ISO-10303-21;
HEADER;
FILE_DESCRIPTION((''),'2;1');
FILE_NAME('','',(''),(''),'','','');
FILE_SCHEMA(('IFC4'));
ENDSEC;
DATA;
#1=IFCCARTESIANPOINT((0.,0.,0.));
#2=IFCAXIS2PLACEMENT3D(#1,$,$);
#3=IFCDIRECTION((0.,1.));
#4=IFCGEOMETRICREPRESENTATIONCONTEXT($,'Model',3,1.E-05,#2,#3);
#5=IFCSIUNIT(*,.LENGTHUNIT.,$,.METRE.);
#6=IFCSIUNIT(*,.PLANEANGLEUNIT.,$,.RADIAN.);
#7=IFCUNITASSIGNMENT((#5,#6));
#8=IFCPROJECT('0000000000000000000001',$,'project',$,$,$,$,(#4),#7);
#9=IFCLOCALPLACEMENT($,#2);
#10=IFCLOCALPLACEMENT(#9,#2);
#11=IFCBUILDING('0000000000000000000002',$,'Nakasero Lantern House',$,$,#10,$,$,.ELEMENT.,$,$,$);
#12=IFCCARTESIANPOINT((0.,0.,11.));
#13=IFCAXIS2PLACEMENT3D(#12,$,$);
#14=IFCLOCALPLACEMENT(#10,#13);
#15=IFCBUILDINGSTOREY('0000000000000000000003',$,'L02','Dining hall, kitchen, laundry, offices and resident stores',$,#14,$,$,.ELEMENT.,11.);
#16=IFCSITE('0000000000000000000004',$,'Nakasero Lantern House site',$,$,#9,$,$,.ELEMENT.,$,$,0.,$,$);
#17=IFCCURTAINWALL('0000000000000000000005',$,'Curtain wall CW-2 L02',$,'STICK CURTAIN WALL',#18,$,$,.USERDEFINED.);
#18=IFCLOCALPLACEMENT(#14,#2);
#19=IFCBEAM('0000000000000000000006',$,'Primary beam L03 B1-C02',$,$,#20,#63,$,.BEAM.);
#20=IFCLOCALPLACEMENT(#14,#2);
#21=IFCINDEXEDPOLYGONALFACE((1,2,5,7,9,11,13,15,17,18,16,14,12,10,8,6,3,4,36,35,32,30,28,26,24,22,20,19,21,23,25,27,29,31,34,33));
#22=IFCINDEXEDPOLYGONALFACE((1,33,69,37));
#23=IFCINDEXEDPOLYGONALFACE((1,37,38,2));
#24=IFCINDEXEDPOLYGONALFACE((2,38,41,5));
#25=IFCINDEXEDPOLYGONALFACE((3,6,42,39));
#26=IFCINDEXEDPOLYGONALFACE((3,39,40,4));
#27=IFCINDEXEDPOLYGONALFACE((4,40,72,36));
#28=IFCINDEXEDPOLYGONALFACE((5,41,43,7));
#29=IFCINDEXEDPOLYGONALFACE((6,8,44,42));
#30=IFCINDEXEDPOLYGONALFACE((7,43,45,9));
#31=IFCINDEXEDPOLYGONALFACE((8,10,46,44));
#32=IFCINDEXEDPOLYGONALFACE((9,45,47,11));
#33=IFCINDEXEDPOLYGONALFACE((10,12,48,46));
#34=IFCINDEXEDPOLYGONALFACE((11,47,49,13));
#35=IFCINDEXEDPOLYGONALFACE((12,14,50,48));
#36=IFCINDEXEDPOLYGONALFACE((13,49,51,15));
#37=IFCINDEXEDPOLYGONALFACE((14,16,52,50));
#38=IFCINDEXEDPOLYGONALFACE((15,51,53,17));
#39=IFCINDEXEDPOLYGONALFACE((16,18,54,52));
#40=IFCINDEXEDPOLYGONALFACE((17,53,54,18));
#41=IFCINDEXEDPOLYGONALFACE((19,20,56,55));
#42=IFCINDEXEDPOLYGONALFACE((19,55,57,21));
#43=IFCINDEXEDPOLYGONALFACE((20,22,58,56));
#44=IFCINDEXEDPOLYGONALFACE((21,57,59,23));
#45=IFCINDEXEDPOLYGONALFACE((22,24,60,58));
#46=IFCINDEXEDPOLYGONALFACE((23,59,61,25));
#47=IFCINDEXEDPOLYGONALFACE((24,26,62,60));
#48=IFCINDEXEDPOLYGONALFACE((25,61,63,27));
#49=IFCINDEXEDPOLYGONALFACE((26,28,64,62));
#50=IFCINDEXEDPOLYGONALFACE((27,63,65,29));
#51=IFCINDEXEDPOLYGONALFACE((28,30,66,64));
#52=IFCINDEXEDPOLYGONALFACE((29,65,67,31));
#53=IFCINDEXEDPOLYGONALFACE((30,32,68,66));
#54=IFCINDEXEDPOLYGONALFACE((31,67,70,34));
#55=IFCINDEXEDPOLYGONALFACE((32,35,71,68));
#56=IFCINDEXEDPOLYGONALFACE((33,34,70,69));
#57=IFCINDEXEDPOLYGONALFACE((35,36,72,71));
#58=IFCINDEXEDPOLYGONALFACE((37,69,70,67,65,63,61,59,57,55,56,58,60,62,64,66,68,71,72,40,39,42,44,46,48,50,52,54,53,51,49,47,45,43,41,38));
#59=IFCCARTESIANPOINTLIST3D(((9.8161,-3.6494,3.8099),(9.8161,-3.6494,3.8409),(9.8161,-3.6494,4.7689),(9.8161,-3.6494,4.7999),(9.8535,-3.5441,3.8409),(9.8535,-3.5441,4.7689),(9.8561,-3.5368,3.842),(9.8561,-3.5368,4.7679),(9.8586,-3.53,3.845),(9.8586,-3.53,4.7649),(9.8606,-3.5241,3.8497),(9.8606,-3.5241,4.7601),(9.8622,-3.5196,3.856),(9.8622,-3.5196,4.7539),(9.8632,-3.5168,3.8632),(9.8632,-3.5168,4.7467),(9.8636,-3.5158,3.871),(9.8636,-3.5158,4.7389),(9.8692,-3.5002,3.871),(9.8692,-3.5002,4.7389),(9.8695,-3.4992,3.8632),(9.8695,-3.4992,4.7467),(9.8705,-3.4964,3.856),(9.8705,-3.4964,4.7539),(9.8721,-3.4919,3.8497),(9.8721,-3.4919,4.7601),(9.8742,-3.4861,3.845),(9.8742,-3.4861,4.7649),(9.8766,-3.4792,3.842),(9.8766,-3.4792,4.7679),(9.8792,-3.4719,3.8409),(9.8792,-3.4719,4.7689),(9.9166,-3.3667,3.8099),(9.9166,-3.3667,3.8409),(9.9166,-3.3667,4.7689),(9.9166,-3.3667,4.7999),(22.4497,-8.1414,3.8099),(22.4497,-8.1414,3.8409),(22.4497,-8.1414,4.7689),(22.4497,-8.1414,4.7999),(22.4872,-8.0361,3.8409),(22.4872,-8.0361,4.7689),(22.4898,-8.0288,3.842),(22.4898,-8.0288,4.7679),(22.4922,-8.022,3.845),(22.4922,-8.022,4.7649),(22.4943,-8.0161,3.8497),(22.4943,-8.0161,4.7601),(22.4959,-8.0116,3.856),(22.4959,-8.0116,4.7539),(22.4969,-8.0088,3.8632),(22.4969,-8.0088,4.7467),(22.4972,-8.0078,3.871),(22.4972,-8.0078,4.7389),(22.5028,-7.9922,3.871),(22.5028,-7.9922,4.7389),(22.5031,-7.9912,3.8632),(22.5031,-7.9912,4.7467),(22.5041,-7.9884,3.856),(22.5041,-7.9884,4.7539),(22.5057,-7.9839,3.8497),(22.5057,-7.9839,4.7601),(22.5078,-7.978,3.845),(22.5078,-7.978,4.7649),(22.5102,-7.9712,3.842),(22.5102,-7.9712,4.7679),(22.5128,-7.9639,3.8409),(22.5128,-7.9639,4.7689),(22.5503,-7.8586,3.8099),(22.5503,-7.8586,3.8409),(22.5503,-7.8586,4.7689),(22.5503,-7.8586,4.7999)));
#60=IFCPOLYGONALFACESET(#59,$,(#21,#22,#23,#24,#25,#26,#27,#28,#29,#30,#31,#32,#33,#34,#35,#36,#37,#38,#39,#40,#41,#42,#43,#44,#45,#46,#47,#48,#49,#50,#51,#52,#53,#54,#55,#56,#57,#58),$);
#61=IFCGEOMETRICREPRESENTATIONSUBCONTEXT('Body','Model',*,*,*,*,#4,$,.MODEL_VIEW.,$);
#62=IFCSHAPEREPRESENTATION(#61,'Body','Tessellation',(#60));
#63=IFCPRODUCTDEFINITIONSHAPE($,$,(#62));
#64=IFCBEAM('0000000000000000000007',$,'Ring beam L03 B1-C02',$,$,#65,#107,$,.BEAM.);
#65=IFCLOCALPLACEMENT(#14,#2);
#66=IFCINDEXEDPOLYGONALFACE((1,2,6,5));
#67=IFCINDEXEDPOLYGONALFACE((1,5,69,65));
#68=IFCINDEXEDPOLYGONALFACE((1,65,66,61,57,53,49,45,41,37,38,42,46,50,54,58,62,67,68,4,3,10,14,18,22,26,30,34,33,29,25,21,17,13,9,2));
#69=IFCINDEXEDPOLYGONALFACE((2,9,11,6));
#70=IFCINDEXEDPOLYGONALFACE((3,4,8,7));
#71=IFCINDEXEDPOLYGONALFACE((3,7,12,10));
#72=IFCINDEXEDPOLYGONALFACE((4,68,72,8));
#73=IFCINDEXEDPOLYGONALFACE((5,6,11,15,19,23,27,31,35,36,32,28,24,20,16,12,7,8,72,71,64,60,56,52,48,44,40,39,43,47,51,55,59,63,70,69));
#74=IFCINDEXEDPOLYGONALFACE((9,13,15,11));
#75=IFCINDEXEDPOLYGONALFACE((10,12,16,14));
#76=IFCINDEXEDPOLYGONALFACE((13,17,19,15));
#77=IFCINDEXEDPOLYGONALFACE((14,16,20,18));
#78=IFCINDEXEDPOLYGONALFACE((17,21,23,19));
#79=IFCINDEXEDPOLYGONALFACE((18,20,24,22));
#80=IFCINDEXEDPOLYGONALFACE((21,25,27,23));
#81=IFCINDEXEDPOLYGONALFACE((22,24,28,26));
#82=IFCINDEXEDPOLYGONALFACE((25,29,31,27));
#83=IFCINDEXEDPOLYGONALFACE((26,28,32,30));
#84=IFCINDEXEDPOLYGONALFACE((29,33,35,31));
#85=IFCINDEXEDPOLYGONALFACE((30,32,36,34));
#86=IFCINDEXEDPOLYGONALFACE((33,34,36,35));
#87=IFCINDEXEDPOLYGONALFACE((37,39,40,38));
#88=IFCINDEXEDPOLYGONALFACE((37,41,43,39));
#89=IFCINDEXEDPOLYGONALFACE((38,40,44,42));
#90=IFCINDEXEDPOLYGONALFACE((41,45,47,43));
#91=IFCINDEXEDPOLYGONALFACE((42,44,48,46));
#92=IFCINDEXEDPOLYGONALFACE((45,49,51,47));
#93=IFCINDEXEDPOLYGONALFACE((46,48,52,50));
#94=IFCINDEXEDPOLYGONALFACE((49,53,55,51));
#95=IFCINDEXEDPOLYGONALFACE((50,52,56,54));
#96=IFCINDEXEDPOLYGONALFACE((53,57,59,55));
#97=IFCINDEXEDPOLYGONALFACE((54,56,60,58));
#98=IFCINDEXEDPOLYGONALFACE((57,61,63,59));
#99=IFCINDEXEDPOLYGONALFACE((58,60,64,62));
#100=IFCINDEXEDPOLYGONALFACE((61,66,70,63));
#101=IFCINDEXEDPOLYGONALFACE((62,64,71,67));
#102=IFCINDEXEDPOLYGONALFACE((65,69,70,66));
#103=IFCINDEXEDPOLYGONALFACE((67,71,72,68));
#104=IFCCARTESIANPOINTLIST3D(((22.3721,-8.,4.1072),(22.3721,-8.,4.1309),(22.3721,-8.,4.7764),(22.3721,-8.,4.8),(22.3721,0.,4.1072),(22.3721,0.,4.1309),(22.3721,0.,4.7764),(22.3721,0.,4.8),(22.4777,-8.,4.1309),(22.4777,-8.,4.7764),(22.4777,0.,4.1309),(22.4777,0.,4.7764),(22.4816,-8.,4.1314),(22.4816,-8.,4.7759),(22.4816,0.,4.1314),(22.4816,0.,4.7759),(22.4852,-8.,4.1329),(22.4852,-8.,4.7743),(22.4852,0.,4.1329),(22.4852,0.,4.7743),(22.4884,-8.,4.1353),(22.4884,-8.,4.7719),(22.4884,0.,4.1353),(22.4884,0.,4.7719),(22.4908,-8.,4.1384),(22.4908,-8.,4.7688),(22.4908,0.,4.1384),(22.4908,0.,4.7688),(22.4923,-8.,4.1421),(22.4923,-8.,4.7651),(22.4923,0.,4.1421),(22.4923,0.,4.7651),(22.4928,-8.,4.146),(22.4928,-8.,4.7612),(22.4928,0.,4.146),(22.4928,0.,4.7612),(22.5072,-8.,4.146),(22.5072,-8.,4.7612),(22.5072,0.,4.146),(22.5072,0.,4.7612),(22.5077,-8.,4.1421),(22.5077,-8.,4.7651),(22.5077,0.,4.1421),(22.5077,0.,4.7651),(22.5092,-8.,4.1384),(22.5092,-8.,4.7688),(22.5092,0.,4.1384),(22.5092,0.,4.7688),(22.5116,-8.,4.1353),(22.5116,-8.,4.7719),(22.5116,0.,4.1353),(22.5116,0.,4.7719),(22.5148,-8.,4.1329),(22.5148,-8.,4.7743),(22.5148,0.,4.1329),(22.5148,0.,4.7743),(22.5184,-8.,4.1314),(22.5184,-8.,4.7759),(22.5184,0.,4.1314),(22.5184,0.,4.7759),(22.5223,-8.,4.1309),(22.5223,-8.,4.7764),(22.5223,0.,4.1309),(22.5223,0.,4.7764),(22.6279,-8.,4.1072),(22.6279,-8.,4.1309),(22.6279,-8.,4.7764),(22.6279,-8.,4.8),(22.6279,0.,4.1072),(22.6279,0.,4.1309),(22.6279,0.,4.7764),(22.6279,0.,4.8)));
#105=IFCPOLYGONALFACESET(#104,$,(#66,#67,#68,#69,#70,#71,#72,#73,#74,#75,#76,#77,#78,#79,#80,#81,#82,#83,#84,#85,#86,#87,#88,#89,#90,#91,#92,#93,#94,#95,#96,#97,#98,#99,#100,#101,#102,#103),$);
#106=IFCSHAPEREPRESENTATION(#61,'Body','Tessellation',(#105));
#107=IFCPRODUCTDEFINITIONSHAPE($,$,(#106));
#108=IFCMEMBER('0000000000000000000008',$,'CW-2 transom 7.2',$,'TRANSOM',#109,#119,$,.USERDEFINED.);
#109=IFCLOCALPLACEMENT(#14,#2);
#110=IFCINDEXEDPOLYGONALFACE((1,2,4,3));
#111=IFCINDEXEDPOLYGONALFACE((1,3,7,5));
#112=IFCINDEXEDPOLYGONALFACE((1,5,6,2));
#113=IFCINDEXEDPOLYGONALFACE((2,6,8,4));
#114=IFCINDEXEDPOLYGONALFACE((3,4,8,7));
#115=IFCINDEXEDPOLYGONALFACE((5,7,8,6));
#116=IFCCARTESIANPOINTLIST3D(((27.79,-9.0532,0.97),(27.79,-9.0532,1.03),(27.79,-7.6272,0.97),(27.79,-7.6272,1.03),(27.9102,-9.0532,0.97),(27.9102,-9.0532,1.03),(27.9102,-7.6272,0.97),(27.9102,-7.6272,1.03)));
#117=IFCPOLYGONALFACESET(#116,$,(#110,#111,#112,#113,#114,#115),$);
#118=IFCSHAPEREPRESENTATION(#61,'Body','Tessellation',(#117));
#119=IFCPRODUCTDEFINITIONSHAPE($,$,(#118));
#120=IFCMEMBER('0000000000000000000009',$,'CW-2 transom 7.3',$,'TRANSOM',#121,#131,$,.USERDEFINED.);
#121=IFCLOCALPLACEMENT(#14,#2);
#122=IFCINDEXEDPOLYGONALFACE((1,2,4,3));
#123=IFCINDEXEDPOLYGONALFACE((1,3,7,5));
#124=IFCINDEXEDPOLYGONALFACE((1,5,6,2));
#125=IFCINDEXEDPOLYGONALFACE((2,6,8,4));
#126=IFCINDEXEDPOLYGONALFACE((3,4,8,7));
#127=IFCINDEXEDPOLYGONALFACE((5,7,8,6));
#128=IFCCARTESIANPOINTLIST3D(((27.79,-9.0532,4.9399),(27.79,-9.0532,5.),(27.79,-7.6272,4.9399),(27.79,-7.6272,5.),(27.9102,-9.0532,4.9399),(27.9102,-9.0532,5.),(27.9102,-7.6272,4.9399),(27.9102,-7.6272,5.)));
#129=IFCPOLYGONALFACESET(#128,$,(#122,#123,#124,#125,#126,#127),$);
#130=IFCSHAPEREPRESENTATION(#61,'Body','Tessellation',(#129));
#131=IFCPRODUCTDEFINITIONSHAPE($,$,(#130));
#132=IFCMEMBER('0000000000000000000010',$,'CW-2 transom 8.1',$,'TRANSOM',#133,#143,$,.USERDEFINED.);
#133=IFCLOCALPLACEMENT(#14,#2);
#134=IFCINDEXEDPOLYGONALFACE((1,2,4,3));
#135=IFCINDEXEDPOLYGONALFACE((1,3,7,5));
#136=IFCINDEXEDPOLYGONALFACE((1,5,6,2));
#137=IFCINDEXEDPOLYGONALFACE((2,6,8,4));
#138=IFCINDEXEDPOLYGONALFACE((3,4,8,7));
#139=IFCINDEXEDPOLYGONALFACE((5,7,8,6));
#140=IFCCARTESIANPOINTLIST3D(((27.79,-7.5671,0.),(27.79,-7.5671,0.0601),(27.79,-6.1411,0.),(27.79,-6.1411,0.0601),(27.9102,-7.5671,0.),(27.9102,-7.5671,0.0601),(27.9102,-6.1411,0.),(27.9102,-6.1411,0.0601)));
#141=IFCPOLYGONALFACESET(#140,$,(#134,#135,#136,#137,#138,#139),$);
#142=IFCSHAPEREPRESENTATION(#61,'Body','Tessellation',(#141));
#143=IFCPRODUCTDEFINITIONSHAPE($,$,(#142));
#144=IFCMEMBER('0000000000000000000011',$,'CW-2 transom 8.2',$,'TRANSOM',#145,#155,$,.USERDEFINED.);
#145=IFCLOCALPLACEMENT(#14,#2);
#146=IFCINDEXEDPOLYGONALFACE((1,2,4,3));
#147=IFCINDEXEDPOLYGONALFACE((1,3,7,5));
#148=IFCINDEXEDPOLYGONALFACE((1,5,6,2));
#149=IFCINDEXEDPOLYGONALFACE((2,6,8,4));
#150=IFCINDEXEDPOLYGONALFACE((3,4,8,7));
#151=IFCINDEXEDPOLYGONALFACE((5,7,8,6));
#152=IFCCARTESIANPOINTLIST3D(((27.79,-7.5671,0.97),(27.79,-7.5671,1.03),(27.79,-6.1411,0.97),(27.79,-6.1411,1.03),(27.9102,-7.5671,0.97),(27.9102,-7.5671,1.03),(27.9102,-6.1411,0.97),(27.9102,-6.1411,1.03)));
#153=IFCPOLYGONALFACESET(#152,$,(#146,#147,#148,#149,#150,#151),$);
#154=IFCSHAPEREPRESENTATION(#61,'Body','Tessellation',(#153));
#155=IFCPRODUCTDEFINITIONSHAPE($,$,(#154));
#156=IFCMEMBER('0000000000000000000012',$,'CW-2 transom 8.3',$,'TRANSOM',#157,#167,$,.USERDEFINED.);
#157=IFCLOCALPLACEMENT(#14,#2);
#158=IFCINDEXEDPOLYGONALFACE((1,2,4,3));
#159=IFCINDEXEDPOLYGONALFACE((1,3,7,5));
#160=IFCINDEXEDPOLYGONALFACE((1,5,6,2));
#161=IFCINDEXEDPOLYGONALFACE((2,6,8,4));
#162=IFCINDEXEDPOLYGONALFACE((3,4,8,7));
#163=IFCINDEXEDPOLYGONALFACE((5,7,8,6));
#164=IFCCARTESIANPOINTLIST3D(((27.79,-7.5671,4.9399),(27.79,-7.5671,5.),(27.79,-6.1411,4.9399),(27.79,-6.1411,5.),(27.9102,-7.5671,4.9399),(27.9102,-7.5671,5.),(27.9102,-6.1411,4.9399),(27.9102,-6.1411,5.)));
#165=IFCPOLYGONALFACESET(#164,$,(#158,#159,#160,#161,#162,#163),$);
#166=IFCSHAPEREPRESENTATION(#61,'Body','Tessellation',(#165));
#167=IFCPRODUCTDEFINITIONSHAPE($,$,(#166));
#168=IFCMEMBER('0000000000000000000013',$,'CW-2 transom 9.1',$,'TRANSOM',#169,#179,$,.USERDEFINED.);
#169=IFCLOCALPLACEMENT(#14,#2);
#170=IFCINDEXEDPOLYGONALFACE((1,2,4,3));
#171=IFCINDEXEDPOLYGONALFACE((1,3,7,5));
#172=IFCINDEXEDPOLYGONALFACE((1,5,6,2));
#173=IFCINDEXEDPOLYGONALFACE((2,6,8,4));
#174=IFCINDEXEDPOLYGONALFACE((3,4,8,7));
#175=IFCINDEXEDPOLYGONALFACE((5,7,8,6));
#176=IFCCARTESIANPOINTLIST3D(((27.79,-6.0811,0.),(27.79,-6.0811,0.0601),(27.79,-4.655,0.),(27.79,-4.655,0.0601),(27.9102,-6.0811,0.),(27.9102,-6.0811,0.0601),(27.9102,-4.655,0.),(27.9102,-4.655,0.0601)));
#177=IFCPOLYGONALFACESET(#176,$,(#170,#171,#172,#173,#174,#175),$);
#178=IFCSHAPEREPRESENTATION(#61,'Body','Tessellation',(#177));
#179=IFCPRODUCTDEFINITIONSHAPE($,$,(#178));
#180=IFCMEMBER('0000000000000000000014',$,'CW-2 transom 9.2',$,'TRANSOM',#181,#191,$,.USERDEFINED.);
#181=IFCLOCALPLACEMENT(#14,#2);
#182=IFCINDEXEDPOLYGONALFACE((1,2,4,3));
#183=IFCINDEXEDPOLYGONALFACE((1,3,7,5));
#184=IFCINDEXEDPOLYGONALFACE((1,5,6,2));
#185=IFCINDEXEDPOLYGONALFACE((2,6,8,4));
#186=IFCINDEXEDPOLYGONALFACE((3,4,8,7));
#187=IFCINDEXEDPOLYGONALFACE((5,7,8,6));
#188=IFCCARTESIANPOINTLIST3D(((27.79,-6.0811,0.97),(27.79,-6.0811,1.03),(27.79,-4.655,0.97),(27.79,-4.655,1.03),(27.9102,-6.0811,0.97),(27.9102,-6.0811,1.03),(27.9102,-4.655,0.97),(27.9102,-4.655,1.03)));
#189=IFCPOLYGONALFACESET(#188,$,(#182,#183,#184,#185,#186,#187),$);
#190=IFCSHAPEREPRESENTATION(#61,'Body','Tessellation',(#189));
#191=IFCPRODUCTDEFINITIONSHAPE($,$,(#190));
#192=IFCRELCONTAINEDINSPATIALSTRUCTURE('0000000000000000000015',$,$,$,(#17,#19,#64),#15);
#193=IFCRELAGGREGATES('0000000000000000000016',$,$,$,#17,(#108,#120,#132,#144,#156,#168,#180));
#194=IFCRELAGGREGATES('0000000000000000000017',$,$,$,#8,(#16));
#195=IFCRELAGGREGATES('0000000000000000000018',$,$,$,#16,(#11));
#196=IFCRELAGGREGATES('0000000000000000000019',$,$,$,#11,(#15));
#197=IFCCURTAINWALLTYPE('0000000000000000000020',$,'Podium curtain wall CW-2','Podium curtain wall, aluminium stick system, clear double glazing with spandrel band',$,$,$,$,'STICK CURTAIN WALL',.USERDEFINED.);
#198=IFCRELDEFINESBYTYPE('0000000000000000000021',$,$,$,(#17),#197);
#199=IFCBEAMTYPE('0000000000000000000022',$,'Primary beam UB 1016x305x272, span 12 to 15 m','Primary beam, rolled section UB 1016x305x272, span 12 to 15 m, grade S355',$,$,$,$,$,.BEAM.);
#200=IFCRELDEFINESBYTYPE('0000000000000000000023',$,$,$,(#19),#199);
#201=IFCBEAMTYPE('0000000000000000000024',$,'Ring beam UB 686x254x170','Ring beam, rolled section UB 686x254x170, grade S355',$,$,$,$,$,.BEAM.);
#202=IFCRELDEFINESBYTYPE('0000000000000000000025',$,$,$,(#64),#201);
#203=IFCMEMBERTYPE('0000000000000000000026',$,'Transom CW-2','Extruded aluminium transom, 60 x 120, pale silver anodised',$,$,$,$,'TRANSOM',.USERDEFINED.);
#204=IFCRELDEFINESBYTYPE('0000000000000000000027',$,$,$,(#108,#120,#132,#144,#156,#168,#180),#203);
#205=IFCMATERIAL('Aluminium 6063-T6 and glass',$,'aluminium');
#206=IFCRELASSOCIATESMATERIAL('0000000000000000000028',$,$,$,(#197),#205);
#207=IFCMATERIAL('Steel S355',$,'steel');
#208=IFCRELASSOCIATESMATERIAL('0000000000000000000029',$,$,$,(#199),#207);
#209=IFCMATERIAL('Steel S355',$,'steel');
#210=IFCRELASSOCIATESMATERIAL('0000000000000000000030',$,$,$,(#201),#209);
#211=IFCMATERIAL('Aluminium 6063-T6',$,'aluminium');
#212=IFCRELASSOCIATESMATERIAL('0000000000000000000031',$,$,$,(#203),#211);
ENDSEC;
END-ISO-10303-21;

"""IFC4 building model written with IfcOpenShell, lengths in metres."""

from ifc_helpers import new_model, si_unit, direction, frame, origin, origin_2d, place, context, subcontext, project, spatial, rectangle, i_section, extrude, material, material_profile, profile_set, type_object, element, aggregate, save


model = new_model("IFC4")

# Units and contexts
model_context = context("Model", 3, precision=1e-05, world=origin(), true_north=direction((0.0, 1.0)))
body_context = subcontext(model_context, "Body", "Model", "MODEL_VIEW")
ifc_project = project(units=[si_unit("LENGTHUNIT", "METRE"), si_unit("PLANEANGLEUNIT", "RADIAN")], contexts=[model_context])

# Site, building, storey
site_placement = place(None, origin())
site = spatial("IfcSite", under=ifc_project, at=site_placement, Name="Nakasero Lantern House site", CompositionType="ELEMENT", RefElevation=0.0)
building_placement = place(site_placement, origin())
building = spatial("IfcBuilding", under=site, at=building_placement, Name="Nakasero Lantern House", CompositionType="ELEMENT")
storey_placement = place(building_placement, frame((0.0, 0.0, 11.0)))
storey = spatial("IfcBuildingStorey", under=building, at=storey_placement, Name="L02", Description="Dining hall, kitchen, laundry, offices and resident stores", CompositionType="ELEMENT", Elevation=11.0)

# Curtain wall
ifc_material_1 = material(Name="Aluminium 6063-T6 and glass", Category="aluminium")
curtain_wall_type = type_object("IfcCurtainWallType", Name="Podium curtain wall CW-2", Description="Podium curtain wall, aluminium stick system, clear double glazing with spandrel band", ElementType="STICK CURTAIN WALL", PredefinedType="USERDEFINED", material=ifc_material_1)
curtain_wall_placement = place(storey_placement, origin())
curtain_wall = element("IfcCurtainWall", 1, at=curtain_wall_placement, inside=storey, type_object=curtain_wall_type, Name="Curtain wall CW-2 L02", ObjectType="STICK CURTAIN WALL", PredefinedType="USERDEFINED")

# Beams
ifc_material_2 = material(Name="Steel S355", Category="steel")
ifc_material_profile_1 = material_profile(ifc_material_2, i_section(OverallWidth=0.3, OverallDepth=0.99, WebThickness=0.0166, FlangeThickness=0.031, FilletRadius=0.03, at=origin_2d()), Name="UB 1016x305x272")
ifc_profile_set_1 = profile_set([ifc_material_profile_1], Name="Steel S355")
beam_type_1 = type_object("IfcBeamType", Name="Primary beam UB 1016x305x272, span 12 to 15 m", Description="Primary beam, rolled section UB 1016x305x272, span 12 to 15 m, grade S355", PredefinedType="BEAM", material=ifc_profile_set_1)
beam_1_placement = place(storey_placement, frame((22.5, -8.0, 4.3049), z_axis=(-0.942214, 0.335011, 0.0), x_axis=(-0.335011, -0.942214, 0.0)))
element("IfcBeam", 2, at=beam_1_placement, inside=storey, type_object=beam_type_1, Name="Primary beam L03 B1-C02", PredefinedType="BEAM", context=body_context, shape_type="SweptSolid", body=[
    extrude(i_section(OverallWidth=0.3, OverallDepth=0.99, WebThickness=0.0166, FlangeThickness=0.031, FilletRadius=0.03, at=origin_2d()), origin(), (0.0, 0.0, 1.0), 13.4084),
])
ifc_material_3 = material(Name="Steel S355", Category="steel")
ifc_material_profile_2 = material_profile(ifc_material_3, i_section(OverallWidth=0.2559, OverallDepth=0.6929, WebThickness=0.0144, FlangeThickness=0.0237, FilletRadius=0.0151, at=origin_2d()), Name="UB 686x254x170")
ifc_profile_set_2 = profile_set([ifc_material_profile_2], Name="Steel S355")
beam_type_2 = type_object("IfcBeamType", Name="Ring beam UB 686x254x170", Description="Ring beam, rolled section UB 686x254x170, grade S355", PredefinedType="BEAM", material=ifc_profile_set_2)
beam_2_placement = place(storey_placement, frame((22.5, -8.0, 4.4536), z_axis=(0.0, 1.0, 0.0), x_axis=(-1.0, 0.0, 0.0)))
element("IfcBeam", 3, at=beam_2_placement, inside=storey, type_object=beam_type_2, Name="Ring beam L03 B1-C02", PredefinedType="BEAM", context=body_context, shape_type="SweptSolid", body=[
    extrude(i_section(OverallWidth=0.2559, OverallDepth=0.6929, WebThickness=0.0144, FlangeThickness=0.0237, FilletRadius=0.0151, at=origin_2d()), origin(), (0.0, 0.0, 1.0), 8.0),
])

# Members
ifc_material_4 = material(Name="Aluminium 6063-T6", Category="aluminium")
ifc_material_profile_3 = material_profile(ifc_material_4, rectangle(XDim=0.0601, YDim=0.1201, at=origin_2d()), Name="CW-2 transom 60x120")
ifc_profile_set_3 = profile_set([ifc_material_profile_3], Name="Aluminium 6063-T6")
member_type_1 = type_object("IfcMemberType", Name="Transom CW-2", Description="Extruded aluminium transom, 60 x 120, pale silver anodised", ElementType="TRANSOM", PredefinedType="USERDEFINED", material=ifc_profile_set_3)
member_1_placement = place(storey_placement, frame((27.8501, -9.0532, 1.0), z_axis=(0.0, 1.0, 0.0), x_axis=(0.0, 0.0, 1.0)))
member_1 = element("IfcMember", 4, at=member_1_placement, type_object=member_type_1, Name="CW-2 transom 7.2", ObjectType="TRANSOM", PredefinedType="USERDEFINED", context=body_context, shape_type="SweptSolid", body=[
    extrude(rectangle(XDim=0.0601, YDim=0.1201, at=origin_2d()), origin(), (0.0, 0.0, 1.0), 1.426),
])
member_2_placement = place(storey_placement, frame((27.8501, -9.0532, 4.97), z_axis=(0.0, 1.0, 0.0), x_axis=(0.0, 0.0, 1.0)))
member_2 = element("IfcMember", 5, at=member_2_placement, type_object=member_type_1, Name="CW-2 transom 7.3", ObjectType="TRANSOM", PredefinedType="USERDEFINED", context=body_context, shape_type="SweptSolid", body=[
    extrude(rectangle(XDim=0.0601, YDim=0.1201, at=origin_2d()), origin(), (0.0, 0.0, 1.0), 1.426),
])
member_3_placement = place(storey_placement, frame((27.8501, -7.5671, 0.03), z_axis=(0.0, 1.0, 0.0), x_axis=(0.0, 0.0, 1.0)))
member_3 = element("IfcMember", 6, at=member_3_placement, type_object=member_type_1, Name="CW-2 transom 8.1", ObjectType="TRANSOM", PredefinedType="USERDEFINED", context=body_context, shape_type="SweptSolid", body=[
    extrude(rectangle(XDim=0.0601, YDim=0.1201, at=origin_2d()), origin(), (0.0, 0.0, 1.0), 1.426),
])
member_4_placement = place(storey_placement, frame((27.8501, -7.5671, 1.0), z_axis=(0.0, 1.0, 0.0), x_axis=(0.0, 0.0, 1.0)))
member_4 = element("IfcMember", 7, at=member_4_placement, type_object=member_type_1, Name="CW-2 transom 8.2", ObjectType="TRANSOM", PredefinedType="USERDEFINED", context=body_context, shape_type="SweptSolid", body=[
    extrude(rectangle(XDim=0.0601, YDim=0.1201, at=origin_2d()), origin(), (0.0, 0.0, 1.0), 1.426),
])
member_5_placement = place(storey_placement, frame((27.8501, -7.5671, 4.97), z_axis=(0.0, 1.0, 0.0), x_axis=(0.0, 0.0, 1.0)))
member_5 = element("IfcMember", 8, at=member_5_placement, type_object=member_type_1, Name="CW-2 transom 8.3", ObjectType="TRANSOM", PredefinedType="USERDEFINED", context=body_context, shape_type="SweptSolid", body=[
    extrude(rectangle(XDim=0.0601, YDim=0.1201, at=origin_2d()), origin(), (0.0, 0.0, 1.0), 1.426),
])
member_6_placement = place(storey_placement, frame((27.8501, -6.0811, 0.03), z_axis=(0.0, 1.0, 0.0), x_axis=(0.0, 0.0, 1.0)))
member_6 = element("IfcMember", 9, at=member_6_placement, type_object=member_type_1, Name="CW-2 transom 9.1", ObjectType="TRANSOM", PredefinedType="USERDEFINED", context=body_context, shape_type="SweptSolid", body=[
    extrude(rectangle(XDim=0.0601, YDim=0.1201, at=origin_2d()), origin(), (0.0, 0.0, 1.0), 1.426),
])
member_7_placement = place(storey_placement, frame((27.8501, -6.0811, 1.0), z_axis=(0.0, 1.0, 0.0), x_axis=(0.0, 0.0, 1.0)))
member_7 = element("IfcMember", 10, at=member_7_placement, type_object=member_type_1, Name="CW-2 transom 9.2", ObjectType="TRANSOM", PredefinedType="USERDEFINED", context=body_context, shape_type="SweptSolid", body=[
    extrude(rectangle(XDim=0.0601, YDim=0.1201, at=origin_2d()), origin(), (0.0, 0.0, 1.0), 1.426),
])

aggregate(curtain_wall, [member_1, member_2, member_3, member_4, member_5, member_6, member_7])

save(model, "model.ifc")
